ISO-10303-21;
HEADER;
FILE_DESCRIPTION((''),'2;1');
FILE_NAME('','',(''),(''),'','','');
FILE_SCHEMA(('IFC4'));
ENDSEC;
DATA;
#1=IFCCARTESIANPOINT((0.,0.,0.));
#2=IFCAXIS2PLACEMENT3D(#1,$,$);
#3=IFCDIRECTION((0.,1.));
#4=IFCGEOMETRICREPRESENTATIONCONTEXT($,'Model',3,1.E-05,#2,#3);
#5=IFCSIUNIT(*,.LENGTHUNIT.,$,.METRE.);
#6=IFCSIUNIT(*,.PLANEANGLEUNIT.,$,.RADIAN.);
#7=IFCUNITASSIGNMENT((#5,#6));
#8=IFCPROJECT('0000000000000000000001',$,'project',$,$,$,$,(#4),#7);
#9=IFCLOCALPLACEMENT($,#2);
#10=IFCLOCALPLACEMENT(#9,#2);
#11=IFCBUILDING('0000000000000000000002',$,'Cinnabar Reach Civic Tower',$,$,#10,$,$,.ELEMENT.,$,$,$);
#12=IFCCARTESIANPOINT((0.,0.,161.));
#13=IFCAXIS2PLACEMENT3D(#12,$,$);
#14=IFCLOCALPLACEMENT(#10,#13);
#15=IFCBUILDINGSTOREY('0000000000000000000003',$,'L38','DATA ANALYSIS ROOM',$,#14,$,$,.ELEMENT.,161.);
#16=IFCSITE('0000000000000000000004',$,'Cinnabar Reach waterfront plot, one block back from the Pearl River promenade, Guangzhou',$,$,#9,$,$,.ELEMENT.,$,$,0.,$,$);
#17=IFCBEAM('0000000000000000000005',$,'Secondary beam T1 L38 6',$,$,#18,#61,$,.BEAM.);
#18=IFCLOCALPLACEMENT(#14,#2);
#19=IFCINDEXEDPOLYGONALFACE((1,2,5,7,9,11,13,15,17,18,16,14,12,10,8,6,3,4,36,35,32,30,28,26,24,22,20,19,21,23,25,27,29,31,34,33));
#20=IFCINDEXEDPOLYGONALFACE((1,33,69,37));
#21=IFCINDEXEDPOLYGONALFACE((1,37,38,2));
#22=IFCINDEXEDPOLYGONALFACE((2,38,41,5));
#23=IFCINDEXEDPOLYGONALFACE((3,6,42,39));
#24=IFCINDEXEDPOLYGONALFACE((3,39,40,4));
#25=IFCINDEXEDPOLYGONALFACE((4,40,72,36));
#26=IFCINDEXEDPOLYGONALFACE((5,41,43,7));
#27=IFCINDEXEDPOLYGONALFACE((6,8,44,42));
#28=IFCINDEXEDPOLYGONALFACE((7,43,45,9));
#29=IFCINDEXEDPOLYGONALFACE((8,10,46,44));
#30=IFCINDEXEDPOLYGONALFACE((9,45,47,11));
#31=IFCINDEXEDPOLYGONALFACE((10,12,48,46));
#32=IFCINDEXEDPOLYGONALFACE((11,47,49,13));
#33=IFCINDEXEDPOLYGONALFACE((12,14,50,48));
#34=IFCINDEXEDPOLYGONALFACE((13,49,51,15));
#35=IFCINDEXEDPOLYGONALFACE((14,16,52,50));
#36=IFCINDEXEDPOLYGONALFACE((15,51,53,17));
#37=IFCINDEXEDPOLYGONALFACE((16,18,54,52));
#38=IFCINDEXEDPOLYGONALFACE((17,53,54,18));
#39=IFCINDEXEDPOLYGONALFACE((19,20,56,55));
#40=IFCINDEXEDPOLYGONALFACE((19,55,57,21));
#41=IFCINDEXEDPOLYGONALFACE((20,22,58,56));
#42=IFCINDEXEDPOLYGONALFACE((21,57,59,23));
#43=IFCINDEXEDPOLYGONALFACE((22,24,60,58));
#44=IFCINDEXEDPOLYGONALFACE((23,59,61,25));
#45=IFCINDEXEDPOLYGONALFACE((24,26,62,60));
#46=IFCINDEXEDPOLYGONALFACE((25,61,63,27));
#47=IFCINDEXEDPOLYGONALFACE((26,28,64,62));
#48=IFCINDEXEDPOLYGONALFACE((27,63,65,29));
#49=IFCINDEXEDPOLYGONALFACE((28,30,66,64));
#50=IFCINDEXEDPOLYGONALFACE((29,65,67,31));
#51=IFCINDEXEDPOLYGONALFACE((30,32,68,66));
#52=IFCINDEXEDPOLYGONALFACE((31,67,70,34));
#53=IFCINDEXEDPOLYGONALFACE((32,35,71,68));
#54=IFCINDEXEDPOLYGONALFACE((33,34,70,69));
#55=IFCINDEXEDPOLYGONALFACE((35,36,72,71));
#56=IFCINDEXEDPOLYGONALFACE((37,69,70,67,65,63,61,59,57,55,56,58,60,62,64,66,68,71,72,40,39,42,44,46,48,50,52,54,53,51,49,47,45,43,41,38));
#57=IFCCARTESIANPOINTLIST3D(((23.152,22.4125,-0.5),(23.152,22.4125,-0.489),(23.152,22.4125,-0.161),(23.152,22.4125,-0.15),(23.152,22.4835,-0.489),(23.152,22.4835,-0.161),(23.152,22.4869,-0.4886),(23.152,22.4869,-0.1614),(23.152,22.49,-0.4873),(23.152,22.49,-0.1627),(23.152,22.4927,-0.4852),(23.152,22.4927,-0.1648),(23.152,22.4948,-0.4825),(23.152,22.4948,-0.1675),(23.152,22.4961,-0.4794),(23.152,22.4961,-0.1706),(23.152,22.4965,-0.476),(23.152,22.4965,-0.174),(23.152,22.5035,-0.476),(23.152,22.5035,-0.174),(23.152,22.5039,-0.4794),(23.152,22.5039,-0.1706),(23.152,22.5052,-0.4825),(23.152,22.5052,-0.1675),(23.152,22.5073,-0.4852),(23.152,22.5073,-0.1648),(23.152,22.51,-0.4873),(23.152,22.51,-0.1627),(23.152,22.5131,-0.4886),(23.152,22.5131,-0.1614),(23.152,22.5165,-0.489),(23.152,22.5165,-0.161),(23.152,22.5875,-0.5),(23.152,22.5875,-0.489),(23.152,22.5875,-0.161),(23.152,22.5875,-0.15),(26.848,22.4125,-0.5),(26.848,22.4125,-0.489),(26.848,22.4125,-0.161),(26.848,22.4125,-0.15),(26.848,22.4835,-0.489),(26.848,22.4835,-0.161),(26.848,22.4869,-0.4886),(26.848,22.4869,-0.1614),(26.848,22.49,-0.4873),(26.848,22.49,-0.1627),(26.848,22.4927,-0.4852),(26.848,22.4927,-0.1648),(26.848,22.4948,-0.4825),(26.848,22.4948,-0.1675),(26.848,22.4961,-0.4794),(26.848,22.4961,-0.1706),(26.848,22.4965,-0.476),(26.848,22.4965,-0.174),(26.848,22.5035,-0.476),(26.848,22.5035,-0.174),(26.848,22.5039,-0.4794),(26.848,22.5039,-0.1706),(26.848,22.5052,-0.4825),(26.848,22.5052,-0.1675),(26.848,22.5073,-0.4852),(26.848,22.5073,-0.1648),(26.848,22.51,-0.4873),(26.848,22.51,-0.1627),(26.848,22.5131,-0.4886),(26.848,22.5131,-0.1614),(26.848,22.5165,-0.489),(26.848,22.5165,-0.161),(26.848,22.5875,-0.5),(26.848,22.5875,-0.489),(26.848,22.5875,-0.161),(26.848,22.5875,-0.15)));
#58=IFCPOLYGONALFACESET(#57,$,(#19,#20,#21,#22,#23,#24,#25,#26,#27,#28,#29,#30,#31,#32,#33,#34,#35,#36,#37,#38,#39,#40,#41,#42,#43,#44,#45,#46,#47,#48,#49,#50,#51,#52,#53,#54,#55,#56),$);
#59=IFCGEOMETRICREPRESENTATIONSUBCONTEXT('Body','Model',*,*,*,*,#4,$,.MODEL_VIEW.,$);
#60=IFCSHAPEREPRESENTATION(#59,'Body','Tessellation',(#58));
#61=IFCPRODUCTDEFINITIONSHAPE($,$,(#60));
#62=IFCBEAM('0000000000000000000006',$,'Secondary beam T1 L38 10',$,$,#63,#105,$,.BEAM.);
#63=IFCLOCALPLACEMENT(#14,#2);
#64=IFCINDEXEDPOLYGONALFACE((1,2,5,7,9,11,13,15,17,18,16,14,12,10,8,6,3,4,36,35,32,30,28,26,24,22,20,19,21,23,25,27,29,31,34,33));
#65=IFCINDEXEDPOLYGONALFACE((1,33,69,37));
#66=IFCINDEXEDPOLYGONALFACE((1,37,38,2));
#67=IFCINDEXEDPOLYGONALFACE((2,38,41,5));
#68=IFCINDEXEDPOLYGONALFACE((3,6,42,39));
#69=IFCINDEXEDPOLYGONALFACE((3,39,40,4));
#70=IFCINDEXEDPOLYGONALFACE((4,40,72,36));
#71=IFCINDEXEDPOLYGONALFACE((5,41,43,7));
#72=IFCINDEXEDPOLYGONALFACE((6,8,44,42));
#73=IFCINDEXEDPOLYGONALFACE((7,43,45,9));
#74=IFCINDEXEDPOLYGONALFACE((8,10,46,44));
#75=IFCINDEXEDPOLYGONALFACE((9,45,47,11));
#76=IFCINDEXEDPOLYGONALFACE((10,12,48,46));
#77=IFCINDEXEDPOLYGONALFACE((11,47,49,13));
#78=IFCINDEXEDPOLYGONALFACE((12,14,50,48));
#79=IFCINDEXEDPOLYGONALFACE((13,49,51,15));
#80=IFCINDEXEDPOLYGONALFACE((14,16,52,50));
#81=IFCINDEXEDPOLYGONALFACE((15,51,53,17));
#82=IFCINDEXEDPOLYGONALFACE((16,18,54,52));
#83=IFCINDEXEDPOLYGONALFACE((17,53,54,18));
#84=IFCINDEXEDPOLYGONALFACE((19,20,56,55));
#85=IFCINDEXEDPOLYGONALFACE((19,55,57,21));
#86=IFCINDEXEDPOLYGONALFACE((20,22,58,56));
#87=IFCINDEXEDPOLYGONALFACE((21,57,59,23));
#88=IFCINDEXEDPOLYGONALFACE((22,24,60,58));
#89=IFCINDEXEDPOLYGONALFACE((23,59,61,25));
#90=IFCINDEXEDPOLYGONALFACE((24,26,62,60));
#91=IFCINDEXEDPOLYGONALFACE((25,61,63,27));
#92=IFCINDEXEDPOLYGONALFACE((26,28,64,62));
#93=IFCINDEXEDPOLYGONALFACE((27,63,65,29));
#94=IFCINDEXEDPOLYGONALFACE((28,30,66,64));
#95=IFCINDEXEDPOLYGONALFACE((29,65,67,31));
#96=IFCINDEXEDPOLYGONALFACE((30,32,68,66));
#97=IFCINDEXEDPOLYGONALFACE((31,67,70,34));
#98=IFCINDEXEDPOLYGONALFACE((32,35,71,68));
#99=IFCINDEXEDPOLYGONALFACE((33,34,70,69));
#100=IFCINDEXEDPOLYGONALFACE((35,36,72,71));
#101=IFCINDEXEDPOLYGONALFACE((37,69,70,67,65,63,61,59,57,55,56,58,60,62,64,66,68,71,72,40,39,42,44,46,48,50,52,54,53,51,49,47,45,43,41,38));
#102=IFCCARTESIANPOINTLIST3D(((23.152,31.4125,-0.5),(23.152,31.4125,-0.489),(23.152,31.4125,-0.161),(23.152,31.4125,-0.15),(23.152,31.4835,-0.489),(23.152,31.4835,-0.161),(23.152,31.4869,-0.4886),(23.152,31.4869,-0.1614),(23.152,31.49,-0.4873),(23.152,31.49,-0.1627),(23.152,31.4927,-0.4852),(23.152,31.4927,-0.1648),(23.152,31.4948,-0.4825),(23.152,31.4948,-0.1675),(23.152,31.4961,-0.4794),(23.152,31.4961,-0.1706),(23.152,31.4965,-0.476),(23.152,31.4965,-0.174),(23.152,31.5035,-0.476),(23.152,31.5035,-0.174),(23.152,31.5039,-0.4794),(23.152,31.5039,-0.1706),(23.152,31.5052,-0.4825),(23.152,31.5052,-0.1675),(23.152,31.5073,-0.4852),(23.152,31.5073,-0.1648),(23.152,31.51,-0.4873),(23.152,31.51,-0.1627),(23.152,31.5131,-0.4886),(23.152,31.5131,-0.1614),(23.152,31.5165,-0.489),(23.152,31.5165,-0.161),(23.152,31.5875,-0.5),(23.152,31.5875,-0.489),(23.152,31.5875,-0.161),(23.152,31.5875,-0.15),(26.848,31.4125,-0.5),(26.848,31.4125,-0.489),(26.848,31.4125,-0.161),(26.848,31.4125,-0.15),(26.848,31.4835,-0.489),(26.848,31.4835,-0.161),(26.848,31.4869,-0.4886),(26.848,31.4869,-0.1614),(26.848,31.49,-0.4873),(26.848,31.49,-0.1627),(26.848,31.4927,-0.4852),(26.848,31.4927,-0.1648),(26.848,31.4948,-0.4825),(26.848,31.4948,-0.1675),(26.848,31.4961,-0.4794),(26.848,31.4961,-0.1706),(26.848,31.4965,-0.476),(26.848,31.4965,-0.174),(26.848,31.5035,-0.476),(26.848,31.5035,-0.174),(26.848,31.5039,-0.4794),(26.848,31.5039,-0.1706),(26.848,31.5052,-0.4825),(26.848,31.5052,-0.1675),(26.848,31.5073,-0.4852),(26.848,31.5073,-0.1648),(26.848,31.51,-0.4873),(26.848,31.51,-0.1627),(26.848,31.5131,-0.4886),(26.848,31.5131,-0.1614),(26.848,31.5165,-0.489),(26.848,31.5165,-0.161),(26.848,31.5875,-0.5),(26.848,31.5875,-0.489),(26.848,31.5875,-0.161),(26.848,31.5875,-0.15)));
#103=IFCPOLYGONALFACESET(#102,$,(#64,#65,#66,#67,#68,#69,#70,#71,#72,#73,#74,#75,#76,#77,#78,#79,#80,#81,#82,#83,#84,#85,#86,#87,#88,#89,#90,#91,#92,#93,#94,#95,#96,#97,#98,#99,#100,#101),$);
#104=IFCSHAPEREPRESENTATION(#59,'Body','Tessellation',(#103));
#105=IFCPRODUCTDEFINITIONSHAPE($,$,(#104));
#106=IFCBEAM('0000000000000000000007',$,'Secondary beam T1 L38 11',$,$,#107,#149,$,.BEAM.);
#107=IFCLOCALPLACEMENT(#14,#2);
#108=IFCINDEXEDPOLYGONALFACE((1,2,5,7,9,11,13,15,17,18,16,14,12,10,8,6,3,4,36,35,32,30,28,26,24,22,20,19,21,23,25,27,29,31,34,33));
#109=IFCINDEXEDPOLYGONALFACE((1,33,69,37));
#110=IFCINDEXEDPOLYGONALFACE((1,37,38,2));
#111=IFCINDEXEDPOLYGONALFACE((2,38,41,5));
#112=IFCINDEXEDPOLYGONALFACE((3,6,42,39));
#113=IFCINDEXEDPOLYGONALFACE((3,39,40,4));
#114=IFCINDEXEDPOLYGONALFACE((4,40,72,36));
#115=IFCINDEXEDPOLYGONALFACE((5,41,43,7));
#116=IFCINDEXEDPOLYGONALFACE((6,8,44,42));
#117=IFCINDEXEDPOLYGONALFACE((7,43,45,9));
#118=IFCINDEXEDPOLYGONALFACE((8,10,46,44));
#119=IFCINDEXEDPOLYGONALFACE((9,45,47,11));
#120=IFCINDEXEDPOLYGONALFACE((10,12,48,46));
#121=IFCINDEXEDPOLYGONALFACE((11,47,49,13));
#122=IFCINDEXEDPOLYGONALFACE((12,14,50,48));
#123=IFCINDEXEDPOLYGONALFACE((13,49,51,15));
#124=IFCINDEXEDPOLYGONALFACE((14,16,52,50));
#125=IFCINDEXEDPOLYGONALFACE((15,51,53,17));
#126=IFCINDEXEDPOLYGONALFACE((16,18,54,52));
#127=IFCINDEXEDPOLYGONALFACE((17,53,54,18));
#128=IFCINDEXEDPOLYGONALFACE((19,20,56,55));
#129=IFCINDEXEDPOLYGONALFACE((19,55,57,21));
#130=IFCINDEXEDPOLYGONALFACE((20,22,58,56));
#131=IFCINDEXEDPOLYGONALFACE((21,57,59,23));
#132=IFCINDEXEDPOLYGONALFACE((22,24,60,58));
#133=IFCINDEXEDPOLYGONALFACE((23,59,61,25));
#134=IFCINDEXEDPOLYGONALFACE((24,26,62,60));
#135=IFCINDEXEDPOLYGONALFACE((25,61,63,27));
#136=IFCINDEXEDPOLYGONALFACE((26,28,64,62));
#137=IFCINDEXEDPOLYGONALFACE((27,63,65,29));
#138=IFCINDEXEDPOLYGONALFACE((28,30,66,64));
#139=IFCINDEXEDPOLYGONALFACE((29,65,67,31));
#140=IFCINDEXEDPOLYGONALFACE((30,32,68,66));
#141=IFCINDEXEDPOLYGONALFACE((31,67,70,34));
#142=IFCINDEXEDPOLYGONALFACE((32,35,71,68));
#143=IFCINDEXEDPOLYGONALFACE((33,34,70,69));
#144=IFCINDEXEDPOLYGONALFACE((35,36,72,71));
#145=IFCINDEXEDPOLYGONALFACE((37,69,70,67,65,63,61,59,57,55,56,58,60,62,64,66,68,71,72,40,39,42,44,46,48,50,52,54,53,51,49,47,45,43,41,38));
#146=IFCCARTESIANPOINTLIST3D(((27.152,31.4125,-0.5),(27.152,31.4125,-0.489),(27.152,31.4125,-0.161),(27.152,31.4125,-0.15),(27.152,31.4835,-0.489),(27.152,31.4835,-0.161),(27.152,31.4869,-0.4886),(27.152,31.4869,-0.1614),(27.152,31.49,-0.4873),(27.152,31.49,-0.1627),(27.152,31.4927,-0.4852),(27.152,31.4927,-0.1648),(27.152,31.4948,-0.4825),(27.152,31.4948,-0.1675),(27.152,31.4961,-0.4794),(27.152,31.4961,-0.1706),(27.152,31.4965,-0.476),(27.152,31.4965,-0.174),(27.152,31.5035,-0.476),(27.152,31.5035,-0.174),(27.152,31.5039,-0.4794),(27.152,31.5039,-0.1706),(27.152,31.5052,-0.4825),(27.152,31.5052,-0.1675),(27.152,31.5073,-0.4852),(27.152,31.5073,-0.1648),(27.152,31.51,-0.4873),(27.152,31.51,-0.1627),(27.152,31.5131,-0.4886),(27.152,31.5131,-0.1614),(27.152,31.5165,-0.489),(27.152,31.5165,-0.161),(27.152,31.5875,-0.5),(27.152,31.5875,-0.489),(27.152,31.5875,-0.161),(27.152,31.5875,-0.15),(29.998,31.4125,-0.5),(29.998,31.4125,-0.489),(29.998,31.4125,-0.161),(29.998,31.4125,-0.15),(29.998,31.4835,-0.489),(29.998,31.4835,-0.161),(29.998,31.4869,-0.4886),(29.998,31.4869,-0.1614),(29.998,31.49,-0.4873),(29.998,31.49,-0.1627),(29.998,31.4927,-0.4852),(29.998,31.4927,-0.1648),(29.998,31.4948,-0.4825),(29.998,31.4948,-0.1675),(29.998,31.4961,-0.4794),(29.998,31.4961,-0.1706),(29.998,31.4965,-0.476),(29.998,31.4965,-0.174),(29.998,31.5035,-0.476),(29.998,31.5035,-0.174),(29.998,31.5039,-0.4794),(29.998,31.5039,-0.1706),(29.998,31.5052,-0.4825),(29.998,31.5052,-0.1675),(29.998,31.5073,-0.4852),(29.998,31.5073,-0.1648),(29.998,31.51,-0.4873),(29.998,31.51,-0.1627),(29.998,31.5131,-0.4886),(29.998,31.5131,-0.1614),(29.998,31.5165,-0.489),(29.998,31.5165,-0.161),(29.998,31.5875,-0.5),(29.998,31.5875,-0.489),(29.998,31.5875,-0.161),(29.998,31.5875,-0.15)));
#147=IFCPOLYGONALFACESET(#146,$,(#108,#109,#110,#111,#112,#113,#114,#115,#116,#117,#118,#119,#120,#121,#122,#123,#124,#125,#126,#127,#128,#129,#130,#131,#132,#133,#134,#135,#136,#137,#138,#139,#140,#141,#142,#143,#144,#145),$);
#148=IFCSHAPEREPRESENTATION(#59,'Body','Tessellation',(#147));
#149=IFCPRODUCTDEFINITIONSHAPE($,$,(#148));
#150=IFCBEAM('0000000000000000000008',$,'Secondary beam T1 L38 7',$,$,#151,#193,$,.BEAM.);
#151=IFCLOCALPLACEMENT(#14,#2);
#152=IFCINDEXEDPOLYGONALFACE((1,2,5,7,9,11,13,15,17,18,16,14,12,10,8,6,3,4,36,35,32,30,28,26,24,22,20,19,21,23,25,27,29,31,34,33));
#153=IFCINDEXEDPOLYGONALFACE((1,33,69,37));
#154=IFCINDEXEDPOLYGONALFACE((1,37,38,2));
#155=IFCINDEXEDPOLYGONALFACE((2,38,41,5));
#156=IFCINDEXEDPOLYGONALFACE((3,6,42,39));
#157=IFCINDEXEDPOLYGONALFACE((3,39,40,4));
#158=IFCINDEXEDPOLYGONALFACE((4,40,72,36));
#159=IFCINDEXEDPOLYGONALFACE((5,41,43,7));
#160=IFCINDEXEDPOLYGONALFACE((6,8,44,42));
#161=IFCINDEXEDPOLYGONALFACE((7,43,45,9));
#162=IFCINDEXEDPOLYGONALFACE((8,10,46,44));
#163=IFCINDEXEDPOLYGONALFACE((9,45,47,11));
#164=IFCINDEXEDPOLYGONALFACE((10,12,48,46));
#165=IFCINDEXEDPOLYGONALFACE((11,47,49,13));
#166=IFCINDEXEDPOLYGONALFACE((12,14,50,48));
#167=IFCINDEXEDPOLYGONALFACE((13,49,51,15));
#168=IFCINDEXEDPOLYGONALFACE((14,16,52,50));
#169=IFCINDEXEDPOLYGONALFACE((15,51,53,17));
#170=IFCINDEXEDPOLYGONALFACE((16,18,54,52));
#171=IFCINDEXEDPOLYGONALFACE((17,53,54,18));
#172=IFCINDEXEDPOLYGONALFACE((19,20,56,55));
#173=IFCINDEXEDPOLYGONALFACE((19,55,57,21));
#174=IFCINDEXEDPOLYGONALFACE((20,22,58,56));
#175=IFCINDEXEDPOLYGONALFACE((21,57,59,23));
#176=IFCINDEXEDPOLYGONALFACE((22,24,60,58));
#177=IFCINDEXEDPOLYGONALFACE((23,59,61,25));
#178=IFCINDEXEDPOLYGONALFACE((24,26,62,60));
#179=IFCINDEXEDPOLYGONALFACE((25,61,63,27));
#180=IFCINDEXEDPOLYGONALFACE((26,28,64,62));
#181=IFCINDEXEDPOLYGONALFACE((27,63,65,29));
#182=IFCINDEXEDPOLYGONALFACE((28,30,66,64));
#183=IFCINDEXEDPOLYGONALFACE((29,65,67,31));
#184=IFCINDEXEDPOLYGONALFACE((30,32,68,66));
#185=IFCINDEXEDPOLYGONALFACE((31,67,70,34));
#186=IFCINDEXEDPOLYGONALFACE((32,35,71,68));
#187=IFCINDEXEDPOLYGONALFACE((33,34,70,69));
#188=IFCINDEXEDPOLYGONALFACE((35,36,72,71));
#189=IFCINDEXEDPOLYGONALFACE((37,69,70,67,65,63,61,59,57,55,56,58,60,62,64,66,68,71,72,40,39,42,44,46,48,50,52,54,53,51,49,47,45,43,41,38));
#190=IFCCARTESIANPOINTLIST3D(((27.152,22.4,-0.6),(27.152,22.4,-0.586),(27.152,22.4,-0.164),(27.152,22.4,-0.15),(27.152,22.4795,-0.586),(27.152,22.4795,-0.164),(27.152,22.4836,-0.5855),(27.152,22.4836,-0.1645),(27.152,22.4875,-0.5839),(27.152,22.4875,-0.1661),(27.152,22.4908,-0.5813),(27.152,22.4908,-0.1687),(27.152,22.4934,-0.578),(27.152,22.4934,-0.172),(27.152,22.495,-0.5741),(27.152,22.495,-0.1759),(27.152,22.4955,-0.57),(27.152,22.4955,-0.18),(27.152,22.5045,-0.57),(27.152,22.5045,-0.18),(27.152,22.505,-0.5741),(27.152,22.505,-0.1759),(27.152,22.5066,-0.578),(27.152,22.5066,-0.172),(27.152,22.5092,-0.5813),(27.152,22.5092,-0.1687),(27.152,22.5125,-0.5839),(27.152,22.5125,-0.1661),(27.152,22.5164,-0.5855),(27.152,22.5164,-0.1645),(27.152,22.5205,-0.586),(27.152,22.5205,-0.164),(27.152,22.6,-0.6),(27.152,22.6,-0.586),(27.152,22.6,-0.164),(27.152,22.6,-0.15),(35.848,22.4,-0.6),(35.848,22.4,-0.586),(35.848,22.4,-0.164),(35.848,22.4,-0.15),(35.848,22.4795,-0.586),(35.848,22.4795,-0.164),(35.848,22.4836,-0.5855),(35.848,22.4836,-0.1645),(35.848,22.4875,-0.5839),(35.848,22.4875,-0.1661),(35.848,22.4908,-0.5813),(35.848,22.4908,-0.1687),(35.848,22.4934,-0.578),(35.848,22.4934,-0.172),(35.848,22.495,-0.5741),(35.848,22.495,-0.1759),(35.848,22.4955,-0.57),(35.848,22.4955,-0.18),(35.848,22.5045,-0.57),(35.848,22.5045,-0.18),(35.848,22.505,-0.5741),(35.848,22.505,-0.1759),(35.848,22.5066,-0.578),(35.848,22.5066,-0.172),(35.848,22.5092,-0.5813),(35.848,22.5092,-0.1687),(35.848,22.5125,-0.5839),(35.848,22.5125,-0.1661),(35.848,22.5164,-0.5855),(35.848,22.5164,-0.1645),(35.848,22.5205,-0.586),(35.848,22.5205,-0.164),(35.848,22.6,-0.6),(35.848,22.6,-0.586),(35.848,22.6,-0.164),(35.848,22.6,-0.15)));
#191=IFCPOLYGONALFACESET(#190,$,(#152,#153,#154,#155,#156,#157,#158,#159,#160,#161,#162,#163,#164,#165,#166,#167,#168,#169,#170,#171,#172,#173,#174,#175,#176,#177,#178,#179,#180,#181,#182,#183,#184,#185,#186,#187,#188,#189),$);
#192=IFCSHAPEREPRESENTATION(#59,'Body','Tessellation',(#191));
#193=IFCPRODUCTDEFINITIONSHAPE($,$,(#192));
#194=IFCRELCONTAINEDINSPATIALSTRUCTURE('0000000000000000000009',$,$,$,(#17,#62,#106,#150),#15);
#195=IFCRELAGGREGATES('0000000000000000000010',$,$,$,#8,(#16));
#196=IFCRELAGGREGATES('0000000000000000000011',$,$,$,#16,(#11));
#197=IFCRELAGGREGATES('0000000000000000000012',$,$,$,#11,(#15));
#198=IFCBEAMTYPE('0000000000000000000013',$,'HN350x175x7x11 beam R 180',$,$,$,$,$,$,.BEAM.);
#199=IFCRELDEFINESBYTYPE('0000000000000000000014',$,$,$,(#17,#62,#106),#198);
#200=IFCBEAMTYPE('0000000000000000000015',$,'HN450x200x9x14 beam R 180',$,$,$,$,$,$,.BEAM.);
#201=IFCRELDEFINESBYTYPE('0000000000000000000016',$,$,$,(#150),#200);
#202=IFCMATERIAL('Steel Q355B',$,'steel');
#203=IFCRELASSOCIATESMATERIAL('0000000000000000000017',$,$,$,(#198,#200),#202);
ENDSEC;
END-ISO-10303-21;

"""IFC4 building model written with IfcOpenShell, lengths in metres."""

from ifc_helpers import new_model, si_unit, direction, frame, origin, origin_2d, place, context, subcontext, project, spatial, i_section, extrude, material, material_profile, profile_set, type_object, element, save


model = new_model("IFC4")

# Units and contexts
model_context = context("Model", 3, precision=1e-05, world=origin(), true_north=direction((0.0, 1.0)))
body_context = subcontext(model_context, "Body", "Model", "MODEL_VIEW")
ifc_project = project(units=[si_unit("LENGTHUNIT", "METRE"), si_unit("PLANEANGLEUNIT", "RADIAN")], contexts=[model_context])

# Site, building, storey
site_placement = place(None, origin())
site = spatial("IfcSite", under=ifc_project, at=site_placement, Name="Cinnabar Reach waterfront plot, one block back from the Pearl River promenade, Guangzhou", CompositionType="ELEMENT", RefElevation=0.0)
building_placement = place(site_placement, origin())
building = spatial("IfcBuilding", under=site, at=building_placement, Name="Cinnabar Reach Civic Tower", CompositionType="ELEMENT")
storey_placement = place(building_placement, frame((0.0, 0.0, 161.0)))
storey = spatial("IfcBuildingStorey", under=building, at=storey_placement, Name="L38", Description="DATA ANALYSIS ROOM", CompositionType="ELEMENT", Elevation=161.0)

# Beams
ifc_material_1 = material(Name="Steel Q355B", Category="steel")
ifc_material_profile_1 = material_profile(ifc_material_1, i_section(OverallWidth=0.175, OverallDepth=0.35, WebThickness=0.007, FlangeThickness=0.011, FilletRadius=0.013, at=origin_2d()), Name="HN350x175x7x11")
ifc_profile_set_1 = profile_set([ifc_material_profile_1], Name="Steel Q355B")
beam_type_1 = type_object("IfcBeamType", Name="HN350x175x7x11 beam R 180", PredefinedType="BEAM", material=ifc_profile_set_1)
for number, where, z_axis, x_axis, name in (
    (1, (23.152, 22.5, -0.325), (1.0, 0.0, 0.0), (0.0, 1.0, 0.0), "Secondary beam T1 L38 6"),
    (2, (23.152, 31.5, -0.325), (1.0, 0.0, 0.0), (0.0, 1.0, 0.0), "Secondary beam T1 L38 10"),
):
    element("IfcBeam", number, at=place(storey_placement, frame(where, z_axis=z_axis, x_axis=x_axis)), inside=storey, type_object=beam_type_1, Name=name, PredefinedType="BEAM", context=body_context, shape_type="SweptSolid", body=[
        extrude(i_section(OverallWidth=0.175, OverallDepth=0.35, WebThickness=0.007, FlangeThickness=0.011, FilletRadius=0.013, at=origin_2d()), origin(), (0.0, 0.0, 1.0), 3.696),
    ])
beam_1_placement = place(storey_placement, frame((27.152, 31.5, -0.325), z_axis=(1.0, 0.0, 0.0), x_axis=(0.0, 1.0, 0.0)))
element("IfcBeam", 3, at=beam_1_placement, inside=storey, type_object=beam_type_1, Name="Secondary beam T1 L38 11", PredefinedType="BEAM", context=body_context, shape_type="SweptSolid", body=[
    extrude(i_section(OverallWidth=0.175, OverallDepth=0.35, WebThickness=0.007, FlangeThickness=0.011, FilletRadius=0.013, at=origin_2d()), origin(), (0.0, 0.0, 1.0), 2.846),
])
ifc_material_profile_2 = material_profile(ifc_material_1, i_section(OverallWidth=0.2, OverallDepth=0.45, WebThickness=0.009, FlangeThickness=0.014, FilletRadius=0.016, at=origin_2d()), Name="HN450x200x9x14")
ifc_profile_set_2 = profile_set([ifc_material_profile_2], Name="Steel Q355B")
beam_type_2 = type_object("IfcBeamType", Name="HN450x200x9x14 beam R 180", PredefinedType="BEAM", material=ifc_profile_set_2)
beam_2_placement = place(storey_placement, frame((27.152, 22.5, -0.375), z_axis=(1.0, 0.0, 0.0), x_axis=(0.0, 1.0, 0.0)))
element("IfcBeam", 4, at=beam_2_placement, inside=storey, type_object=beam_type_2, Name="Secondary beam T1 L38 7", PredefinedType="BEAM", context=body_context, shape_type="SweptSolid", body=[
    extrude(i_section(OverallWidth=0.2, OverallDepth=0.45, WebThickness=0.009, FlangeThickness=0.014, FilletRadius=0.016, at=origin_2d()), origin(), (0.0, 0.0, 1.0), 8.696),
])

save(model, "model.ifc")
